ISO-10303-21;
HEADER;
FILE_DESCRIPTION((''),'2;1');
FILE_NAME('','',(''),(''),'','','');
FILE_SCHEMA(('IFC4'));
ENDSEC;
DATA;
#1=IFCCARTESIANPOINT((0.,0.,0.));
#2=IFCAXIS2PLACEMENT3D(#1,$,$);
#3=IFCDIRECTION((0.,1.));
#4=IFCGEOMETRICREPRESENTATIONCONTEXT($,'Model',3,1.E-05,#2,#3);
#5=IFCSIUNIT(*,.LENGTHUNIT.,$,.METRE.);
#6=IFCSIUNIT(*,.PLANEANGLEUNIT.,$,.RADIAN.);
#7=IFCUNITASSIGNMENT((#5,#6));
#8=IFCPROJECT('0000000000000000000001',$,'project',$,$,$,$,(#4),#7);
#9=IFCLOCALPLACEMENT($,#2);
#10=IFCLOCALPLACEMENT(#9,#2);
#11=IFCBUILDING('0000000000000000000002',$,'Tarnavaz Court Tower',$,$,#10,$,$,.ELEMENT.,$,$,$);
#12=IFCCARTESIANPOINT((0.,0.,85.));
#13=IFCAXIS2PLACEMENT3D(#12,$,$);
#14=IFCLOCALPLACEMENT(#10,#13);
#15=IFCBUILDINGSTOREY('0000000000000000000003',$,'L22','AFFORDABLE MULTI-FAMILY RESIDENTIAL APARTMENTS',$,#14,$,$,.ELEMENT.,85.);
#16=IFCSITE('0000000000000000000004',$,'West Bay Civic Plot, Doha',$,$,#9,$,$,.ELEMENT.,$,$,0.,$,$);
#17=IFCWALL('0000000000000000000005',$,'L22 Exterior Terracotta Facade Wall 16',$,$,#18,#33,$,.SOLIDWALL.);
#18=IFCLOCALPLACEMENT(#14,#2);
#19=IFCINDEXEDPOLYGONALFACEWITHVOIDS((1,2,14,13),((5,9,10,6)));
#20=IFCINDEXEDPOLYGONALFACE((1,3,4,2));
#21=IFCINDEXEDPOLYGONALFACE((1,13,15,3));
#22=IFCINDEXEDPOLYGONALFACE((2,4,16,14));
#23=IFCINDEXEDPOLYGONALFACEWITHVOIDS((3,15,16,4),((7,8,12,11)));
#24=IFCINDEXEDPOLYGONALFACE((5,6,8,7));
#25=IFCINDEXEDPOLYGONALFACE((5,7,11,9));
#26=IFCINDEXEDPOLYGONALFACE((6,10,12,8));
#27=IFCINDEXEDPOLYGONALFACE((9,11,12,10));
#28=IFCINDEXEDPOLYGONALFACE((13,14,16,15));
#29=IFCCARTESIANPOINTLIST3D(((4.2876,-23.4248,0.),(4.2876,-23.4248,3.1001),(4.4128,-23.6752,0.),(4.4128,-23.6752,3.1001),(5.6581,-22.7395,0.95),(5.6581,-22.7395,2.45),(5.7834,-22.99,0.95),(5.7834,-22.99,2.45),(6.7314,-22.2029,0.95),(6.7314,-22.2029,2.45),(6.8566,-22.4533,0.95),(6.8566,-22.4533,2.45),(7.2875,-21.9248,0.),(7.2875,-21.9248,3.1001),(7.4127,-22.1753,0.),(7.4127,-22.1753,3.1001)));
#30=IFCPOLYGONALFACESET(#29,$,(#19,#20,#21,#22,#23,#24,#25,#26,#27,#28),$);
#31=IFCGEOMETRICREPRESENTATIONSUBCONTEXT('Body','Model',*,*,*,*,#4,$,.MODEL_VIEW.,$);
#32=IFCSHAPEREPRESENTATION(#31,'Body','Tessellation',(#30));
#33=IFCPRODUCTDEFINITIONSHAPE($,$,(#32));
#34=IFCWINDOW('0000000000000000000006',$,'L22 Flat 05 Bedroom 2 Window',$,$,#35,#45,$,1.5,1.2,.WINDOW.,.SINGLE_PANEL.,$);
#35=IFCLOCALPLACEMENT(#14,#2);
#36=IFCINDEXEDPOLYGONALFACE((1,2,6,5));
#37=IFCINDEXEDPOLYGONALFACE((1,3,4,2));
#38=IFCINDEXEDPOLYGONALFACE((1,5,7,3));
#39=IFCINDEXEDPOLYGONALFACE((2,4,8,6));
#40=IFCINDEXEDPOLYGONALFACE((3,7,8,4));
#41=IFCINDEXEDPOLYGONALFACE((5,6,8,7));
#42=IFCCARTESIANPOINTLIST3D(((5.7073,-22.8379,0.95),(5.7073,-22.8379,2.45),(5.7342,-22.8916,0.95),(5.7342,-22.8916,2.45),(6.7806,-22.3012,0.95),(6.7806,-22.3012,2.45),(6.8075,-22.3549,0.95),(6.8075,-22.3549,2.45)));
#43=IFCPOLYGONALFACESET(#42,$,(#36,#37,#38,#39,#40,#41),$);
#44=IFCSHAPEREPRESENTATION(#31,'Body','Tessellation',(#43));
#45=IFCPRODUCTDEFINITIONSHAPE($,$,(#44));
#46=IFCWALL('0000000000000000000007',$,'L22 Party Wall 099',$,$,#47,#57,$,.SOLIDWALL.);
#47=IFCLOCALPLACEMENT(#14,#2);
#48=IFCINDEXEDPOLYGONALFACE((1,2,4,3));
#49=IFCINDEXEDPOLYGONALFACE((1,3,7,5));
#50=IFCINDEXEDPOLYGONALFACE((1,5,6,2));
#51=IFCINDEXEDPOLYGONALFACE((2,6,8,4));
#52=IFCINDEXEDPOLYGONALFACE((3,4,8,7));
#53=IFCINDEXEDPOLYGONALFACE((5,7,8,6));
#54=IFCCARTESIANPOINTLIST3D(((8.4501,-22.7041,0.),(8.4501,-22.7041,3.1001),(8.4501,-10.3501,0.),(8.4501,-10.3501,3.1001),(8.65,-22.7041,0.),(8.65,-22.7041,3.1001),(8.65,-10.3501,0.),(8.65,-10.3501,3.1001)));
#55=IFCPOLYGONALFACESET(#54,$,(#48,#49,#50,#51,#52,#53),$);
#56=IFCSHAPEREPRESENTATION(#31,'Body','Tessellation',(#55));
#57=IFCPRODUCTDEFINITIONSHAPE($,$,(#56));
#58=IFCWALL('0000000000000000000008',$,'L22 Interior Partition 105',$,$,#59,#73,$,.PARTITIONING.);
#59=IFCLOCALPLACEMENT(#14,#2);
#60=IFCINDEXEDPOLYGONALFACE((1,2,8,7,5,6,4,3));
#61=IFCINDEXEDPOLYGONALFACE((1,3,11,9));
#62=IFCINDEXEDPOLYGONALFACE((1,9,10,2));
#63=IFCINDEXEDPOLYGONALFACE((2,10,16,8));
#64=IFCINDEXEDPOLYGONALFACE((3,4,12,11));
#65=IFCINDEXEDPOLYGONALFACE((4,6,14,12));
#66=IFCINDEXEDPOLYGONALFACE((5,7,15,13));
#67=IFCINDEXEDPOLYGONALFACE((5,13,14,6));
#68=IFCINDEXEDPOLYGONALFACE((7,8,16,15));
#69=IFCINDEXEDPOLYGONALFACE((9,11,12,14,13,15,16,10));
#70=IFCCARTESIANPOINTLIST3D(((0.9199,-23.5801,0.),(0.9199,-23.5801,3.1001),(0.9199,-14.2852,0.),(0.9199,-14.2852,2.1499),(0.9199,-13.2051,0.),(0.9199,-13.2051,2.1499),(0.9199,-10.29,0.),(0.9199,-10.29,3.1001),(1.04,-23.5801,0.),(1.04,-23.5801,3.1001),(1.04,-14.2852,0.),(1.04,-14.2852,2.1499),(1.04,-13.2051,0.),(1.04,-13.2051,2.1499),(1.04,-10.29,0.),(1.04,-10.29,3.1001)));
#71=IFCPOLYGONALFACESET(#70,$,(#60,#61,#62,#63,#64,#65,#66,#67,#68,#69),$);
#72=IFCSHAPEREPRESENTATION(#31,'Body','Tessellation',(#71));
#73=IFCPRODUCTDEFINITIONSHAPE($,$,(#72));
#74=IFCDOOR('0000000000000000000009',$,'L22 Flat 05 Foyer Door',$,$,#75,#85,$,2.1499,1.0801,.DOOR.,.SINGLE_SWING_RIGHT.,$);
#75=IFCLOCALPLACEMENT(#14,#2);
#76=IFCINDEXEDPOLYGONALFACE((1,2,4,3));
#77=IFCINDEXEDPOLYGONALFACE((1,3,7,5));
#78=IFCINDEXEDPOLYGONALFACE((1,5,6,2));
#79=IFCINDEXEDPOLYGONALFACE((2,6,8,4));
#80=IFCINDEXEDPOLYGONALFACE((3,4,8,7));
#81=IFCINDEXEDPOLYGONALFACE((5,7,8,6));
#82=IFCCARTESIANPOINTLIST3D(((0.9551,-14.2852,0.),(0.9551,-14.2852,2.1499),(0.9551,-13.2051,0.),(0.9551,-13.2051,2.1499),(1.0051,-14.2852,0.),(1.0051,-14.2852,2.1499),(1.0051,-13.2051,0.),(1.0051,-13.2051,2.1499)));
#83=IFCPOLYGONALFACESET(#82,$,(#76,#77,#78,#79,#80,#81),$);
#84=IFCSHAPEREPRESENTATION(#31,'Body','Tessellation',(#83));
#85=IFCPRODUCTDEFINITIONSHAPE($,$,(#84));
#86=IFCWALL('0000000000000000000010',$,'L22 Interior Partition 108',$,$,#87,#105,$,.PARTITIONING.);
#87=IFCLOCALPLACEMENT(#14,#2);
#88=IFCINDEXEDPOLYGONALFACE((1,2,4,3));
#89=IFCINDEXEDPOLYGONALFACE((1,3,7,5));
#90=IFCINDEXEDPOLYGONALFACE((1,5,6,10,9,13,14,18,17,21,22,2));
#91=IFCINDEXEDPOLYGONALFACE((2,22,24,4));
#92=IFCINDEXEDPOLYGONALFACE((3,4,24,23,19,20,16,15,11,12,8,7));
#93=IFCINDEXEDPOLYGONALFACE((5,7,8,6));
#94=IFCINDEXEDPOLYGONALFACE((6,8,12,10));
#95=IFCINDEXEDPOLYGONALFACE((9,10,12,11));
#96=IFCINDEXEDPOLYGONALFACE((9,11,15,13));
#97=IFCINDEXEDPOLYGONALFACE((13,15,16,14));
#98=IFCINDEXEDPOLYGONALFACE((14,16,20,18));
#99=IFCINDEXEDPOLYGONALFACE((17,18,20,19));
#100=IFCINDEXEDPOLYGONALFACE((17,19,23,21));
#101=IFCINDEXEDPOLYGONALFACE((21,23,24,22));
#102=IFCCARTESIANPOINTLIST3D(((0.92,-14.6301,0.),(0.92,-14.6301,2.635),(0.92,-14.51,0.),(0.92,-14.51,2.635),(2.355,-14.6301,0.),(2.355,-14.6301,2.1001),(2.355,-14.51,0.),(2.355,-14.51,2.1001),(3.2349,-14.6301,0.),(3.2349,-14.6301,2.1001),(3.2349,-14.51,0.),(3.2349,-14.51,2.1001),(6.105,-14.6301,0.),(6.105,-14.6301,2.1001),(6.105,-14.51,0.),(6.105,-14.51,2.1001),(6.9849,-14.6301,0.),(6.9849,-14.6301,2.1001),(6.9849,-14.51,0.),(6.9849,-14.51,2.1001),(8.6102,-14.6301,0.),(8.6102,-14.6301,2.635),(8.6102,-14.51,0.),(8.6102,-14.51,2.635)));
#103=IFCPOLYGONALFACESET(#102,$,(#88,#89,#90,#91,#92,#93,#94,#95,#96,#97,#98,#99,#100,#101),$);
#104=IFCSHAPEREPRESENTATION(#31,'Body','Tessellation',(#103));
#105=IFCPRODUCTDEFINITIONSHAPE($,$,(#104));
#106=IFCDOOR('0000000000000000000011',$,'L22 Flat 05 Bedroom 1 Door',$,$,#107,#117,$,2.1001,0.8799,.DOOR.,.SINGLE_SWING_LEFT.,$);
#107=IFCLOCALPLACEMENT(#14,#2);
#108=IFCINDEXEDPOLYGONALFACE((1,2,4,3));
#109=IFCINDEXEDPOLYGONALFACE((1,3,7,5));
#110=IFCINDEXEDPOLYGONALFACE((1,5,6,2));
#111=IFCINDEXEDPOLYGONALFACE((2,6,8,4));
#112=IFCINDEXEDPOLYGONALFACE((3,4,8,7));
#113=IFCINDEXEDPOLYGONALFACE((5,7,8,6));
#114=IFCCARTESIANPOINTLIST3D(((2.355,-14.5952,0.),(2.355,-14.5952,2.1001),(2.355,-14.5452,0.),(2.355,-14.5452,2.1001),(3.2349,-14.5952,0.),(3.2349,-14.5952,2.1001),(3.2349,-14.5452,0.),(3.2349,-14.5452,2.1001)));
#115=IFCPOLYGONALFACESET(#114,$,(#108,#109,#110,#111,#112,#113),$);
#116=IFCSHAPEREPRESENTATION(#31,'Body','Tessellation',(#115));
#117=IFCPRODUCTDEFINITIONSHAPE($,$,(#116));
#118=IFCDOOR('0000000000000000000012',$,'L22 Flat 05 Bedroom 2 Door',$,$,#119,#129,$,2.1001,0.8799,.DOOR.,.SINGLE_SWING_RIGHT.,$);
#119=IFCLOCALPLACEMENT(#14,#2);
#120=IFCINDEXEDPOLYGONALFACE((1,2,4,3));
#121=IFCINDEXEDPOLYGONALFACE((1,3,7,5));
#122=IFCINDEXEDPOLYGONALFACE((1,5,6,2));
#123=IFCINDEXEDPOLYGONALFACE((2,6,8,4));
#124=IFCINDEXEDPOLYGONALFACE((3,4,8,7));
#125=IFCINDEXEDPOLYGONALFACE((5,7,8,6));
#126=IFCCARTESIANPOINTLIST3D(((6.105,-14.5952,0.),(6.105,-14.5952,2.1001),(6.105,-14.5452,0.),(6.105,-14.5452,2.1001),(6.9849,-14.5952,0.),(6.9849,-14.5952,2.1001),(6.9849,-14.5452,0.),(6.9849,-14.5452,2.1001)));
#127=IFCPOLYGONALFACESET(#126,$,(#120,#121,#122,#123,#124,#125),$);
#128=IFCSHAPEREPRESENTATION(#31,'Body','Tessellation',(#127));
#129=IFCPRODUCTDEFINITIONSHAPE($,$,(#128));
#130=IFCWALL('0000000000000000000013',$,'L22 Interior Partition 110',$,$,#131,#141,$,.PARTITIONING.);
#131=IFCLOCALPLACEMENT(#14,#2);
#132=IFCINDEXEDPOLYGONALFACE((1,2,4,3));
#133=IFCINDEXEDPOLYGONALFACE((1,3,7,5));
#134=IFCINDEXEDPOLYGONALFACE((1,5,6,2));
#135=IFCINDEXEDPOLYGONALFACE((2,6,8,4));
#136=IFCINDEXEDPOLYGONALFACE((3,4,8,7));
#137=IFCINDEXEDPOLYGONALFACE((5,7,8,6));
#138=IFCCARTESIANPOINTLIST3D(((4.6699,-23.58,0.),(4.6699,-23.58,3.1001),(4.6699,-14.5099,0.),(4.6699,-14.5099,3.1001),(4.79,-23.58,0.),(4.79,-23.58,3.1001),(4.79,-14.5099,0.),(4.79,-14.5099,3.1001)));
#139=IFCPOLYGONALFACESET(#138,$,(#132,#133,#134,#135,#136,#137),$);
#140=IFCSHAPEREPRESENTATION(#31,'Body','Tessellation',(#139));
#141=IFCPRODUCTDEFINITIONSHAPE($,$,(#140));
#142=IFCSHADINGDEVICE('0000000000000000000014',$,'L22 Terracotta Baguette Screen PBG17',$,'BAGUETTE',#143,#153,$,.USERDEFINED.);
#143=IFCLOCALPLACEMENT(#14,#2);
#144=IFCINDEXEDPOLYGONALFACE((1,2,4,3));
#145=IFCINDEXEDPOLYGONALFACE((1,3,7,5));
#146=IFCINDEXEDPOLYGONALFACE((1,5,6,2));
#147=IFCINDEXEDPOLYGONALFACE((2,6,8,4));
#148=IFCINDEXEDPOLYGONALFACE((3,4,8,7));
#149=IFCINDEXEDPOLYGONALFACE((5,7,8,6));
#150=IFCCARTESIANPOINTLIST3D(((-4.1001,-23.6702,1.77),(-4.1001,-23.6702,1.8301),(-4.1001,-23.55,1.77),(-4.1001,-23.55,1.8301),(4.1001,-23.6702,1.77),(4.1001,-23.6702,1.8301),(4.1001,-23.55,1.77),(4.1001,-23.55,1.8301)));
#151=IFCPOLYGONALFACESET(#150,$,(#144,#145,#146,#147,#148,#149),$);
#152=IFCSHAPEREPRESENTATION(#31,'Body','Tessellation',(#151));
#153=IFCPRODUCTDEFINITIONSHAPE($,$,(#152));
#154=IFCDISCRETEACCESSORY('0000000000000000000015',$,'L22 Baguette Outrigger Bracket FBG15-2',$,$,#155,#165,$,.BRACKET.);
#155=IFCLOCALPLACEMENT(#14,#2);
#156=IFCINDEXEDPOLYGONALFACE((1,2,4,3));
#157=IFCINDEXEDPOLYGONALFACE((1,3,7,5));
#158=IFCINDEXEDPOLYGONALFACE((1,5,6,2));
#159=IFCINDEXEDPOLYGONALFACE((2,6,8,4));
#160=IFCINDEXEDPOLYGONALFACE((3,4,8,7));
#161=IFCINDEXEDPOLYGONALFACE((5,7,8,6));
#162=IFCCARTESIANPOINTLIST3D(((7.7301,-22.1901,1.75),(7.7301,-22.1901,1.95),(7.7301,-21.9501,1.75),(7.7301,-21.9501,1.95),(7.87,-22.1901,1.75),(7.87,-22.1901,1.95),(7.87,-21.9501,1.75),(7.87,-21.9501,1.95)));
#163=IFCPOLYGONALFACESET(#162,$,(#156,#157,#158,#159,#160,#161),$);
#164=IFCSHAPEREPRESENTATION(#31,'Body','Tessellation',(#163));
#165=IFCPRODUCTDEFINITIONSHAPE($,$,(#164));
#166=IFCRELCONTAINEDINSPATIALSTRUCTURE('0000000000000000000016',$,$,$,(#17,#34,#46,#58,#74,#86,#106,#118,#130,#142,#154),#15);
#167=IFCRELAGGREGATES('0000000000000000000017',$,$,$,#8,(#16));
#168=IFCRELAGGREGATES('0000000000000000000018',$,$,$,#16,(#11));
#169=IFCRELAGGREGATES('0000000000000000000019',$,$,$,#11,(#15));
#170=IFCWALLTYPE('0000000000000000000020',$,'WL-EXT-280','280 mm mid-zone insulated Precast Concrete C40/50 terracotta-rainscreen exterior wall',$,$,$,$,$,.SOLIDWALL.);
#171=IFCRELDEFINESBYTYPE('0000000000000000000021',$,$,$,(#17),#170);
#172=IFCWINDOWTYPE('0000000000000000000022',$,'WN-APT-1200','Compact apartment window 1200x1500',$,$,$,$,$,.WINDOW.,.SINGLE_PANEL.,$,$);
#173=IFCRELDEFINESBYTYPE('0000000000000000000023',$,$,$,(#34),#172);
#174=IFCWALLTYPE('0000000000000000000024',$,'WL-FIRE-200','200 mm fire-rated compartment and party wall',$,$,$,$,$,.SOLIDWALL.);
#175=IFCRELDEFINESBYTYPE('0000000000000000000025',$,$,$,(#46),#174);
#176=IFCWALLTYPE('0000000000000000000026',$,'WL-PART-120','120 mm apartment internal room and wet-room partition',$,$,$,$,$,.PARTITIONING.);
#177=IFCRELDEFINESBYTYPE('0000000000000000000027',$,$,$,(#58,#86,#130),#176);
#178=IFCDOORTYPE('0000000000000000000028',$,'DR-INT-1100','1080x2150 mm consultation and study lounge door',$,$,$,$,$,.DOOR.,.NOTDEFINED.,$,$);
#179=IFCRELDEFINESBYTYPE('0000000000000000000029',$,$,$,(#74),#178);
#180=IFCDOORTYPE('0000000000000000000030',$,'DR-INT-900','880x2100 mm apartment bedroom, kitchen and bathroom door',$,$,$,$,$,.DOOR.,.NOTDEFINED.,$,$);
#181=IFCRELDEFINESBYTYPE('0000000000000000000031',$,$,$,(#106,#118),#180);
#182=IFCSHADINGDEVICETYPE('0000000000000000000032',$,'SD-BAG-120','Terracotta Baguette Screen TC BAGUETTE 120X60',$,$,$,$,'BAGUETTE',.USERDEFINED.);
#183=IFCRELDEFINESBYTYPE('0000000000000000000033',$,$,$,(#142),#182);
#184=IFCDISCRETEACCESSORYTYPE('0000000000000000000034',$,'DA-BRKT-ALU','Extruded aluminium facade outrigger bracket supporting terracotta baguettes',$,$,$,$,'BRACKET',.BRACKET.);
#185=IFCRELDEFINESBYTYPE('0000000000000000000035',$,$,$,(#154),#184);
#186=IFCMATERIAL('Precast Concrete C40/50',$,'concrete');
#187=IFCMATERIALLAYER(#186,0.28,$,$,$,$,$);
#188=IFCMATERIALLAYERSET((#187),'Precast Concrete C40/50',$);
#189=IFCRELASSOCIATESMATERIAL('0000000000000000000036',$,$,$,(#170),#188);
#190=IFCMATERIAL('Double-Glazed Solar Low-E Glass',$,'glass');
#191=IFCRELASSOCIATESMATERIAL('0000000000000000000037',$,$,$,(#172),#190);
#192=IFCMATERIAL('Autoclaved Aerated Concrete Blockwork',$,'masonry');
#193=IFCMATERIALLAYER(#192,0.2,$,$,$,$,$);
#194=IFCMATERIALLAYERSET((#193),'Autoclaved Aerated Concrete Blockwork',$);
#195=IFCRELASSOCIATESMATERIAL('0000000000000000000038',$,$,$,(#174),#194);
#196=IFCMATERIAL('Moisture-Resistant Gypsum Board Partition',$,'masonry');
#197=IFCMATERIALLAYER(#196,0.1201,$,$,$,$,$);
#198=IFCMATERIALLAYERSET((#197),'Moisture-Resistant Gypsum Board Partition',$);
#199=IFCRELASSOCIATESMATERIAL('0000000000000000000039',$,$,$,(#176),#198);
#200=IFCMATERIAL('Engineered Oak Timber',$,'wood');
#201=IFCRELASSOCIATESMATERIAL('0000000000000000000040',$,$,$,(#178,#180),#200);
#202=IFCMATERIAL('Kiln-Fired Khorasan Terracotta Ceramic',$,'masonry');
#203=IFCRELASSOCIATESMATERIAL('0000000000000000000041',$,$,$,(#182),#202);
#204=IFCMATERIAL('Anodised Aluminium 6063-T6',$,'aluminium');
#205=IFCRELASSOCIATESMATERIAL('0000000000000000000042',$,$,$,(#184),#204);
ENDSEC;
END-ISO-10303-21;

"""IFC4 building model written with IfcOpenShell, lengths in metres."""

from ifc_helpers import new_model, si_unit, direction, frame, frame_2d, origin, origin_2d, place, context, subcontext, project, spatial, rectangle, extrude, material, layer, layer_set, material_profile, profile_set, type_object, element, fill, save


model = new_model("IFC4")

# Units and contexts
model_context = context("Model", 3, precision=1e-05, world=origin(), true_north=direction((0.0, 1.0)))
body_context = subcontext(model_context, "Body", "Model", "MODEL_VIEW")
ifc_project = project(units=[si_unit("LENGTHUNIT", "METRE"), si_unit("PLANEANGLEUNIT", "RADIAN")], contexts=[model_context])

# Site, building, storey
site_placement = place(None, origin())
site = spatial("IfcSite", under=ifc_project, at=site_placement, Name="West Bay Civic Plot, Doha", CompositionType="ELEMENT", RefElevation=0.0)
building_placement = place(site_placement, origin())
building = spatial("IfcBuilding", under=site, at=building_placement, Name="Tarnavaz Court Tower", CompositionType="ELEMENT")
storey_placement = place(building_placement, frame((0.0, 0.0, 85.0)))
storey = spatial("IfcBuildingStorey", under=building, at=storey_placement, Name="L22", Description="AFFORDABLE MULTI-FAMILY RESIDENTIAL APARTMENTS", CompositionType="ELEMENT", Elevation=85.0)

# Shared definitions
ifc_material_1 = material(Name="Anodised Aluminium 6063-T6", Category="aluminium")
ifc_material_2 = material(Name="Double-Glazed Solar Low-E Glass", Category="glass")

# Wall, opening, window
ifc_material_3 = material(Name="Precast Concrete C40/50", Category="concrete")
ifc_layer_1 = layer(ifc_material_3, 0.28)
ifc_layer_set_1 = layer_set([ifc_layer_1], Name="Precast Concrete C40/50")
wall_type_1 = type_object("IfcWallType", Name="WL-EXT-280", Description="280 mm mid-zone insulated Precast Concrete C40/50 terracotta-rainscreen exterior wall", PredefinedType="SOLIDWALL", material=ifc_layer_set_1)
wall_1_placement = place(storey_placement, frame((7.3501, -22.05, 0.0), z_axis=(0.0, 0.0, 1.0), x_axis=(-0.894427, -0.447214, 0.0)))
wall_1 = element("IfcWall", 1, at=wall_1_placement, inside=storey, type_object=wall_type_1, Name="L22 Exterior Terracotta Facade Wall 16", PredefinedType="SOLIDWALL", context=body_context, shape_type="SweptSolid", body=[
    extrude(rectangle(XDim=3.354, YDim=0.28, at=frame_2d((1.677, 0.0))), origin(), (0.0, 0.0, 1.0), 3.1001),
])
opening_1_placement = place(wall_1_placement, frame((0.6216, 0.0, 0.95)))
opening_1 = element("IfcOpeningElement", 2, at=opening_1_placement, cuts=wall_1, PredefinedType="OPENING", context=body_context, shape_type="SweptSolid", body=[
    extrude(rectangle(XDim=1.2, YDim=1.5, at=frame_2d((0.6001, 0.75))), frame((0.0, 0.1499, 0.0), z_axis=(0.0, -1.0, 0.0), x_axis=(1.0, 0.0, 0.0)), (0.0, 0.0, 1.0), 0.3),
])
window_type = type_object("IfcWindowType", Name="WN-APT-1200", Description="Compact apartment window 1200x1500", PartitioningType="SINGLE_PANEL", PredefinedType="WINDOW", material=ifc_material_2)
window_placement = place(opening_1_placement, origin())
window = element("IfcWindow", 3, at=window_placement, inside=storey, type_object=window_type, Name="L22 Flat 05 Bedroom 2 Window", OverallHeight=1.5, OverallWidth=1.2, PartitioningType="SINGLE_PANEL", PredefinedType="WINDOW", context=body_context, shape_type="SweptSolid", body=[
    extrude(rectangle(XDim=1.2, YDim=1.5, at=frame_2d((0.6001, 0.75))), frame((0.0, 0.03, 0.0), z_axis=(0.0, -1.0, 0.0), x_axis=(1.0, 0.0, 0.0)), (0.0, 0.0, 1.0), 0.0601),
])
fill(opening_1, window)

# Wall
ifc_material_4 = material(Name="Autoclaved Aerated Concrete Blockwork", Category="masonry")
ifc_layer_2 = layer(ifc_material_4, 0.2)
ifc_layer_set_2 = layer_set([ifc_layer_2], Name="Autoclaved Aerated Concrete Blockwork")
wall_type_2 = type_object("IfcWallType", Name="WL-FIRE-200", Description="200 mm fire-rated compartment and party wall", PredefinedType="SOLIDWALL", material=ifc_layer_set_2)
wall_2_placement = place(storey_placement, frame((8.55, -22.7041, 0.0), z_axis=(0.0, 0.0, 1.0), x_axis=(0.0, 1.0, 0.0)))
element("IfcWall", 4, at=wall_2_placement, inside=storey, type_object=wall_type_2, Name="L22 Party Wall 099", PredefinedType="SOLIDWALL", context=body_context, shape_type="SweptSolid", body=[
    extrude(rectangle(XDim=12.354, YDim=0.2, at=frame_2d((6.177, 0.0))), origin(), (0.0, 0.0, 1.0), 3.1001),
])

# Wall, opening, door
ifc_material_5 = material(Name="Moisture-Resistant Gypsum Board Partition", Category="masonry")
ifc_layer_3 = layer(ifc_material_5, 0.1201)
ifc_layer_set_3 = layer_set([ifc_layer_3], Name="Moisture-Resistant Gypsum Board Partition")
wall_type_3 = type_object("IfcWallType", Name="WL-PART-120", Description="120 mm apartment internal room and wet-room partition", PredefinedType="PARTITIONING", material=ifc_layer_set_3)
wall_3_placement = place(storey_placement, frame((0.98, -23.5801, 0.0), z_axis=(0.0, 0.0, 1.0), x_axis=(0.0, 1.0, 0.0)))
wall_3 = element("IfcWall", 5, at=wall_3_placement, inside=storey, type_object=wall_type_3, Name="L22 Interior Partition 105", PredefinedType="PARTITIONING", context=body_context, shape_type="SweptSolid", body=[
    extrude(rectangle(XDim=13.29, YDim=0.1201, at=frame_2d((6.645, 0.0))), origin(), (0.0, 0.0, 1.0), 3.1001),
])
opening_2_placement = place(wall_3_placement, frame((9.2949, 0.0, 0.0)))
opening_2 = element("IfcOpeningElement", 6, at=opening_2_placement, cuts=wall_3, PredefinedType="OPENING", context=body_context, shape_type="SweptSolid", body=[
    extrude(rectangle(XDim=1.0801, YDim=2.1499, at=frame_2d((0.54, 1.075))), frame((0.0, 0.0701, 0.0), z_axis=(0.0, -1.0, 0.0), x_axis=(1.0, 0.0, 0.0)), (0.0, 0.0, 1.0), 0.1401),
])
ifc_material_6 = material(Name="Engineered Oak Timber", Category="wood")
door_type_1 = type_object("IfcDoorType", Name="DR-INT-1100", Description="1080x2150 mm consultation and study lounge door", OperationType="NOTDEFINED", PredefinedType="DOOR", material=ifc_material_6)
door_1_placement = place(opening_2_placement, origin())
door_1 = element("IfcDoor", 7, at=door_1_placement, inside=storey, type_object=door_type_1, Name="L22 Flat 05 Foyer Door", OperationType="SINGLE_SWING_RIGHT", OverallHeight=2.1499, OverallWidth=1.0801, PredefinedType="DOOR", context=body_context, shape_type="SweptSolid", body=[
    extrude(rectangle(XDim=1.0801, YDim=2.1499, at=frame_2d((0.54, 1.075))), frame((0.0, 0.0249, 0.0), z_axis=(0.0, -1.0, 0.0), x_axis=(1.0, 0.0, 0.0)), (0.0, 0.0, 1.0), 0.05),
])
fill(opening_2, door_1)

# Wall, openings, doors
wall_4_placement = place(storey_placement, frame((0.9199, -14.5701, 0.0), z_axis=(0.0, 0.0, 1.0), x_axis=(1.0, 0.0, 0.0)))
wall_4 = element("IfcWall", 8, at=wall_4_placement, inside=storey, type_object=wall_type_3, Name="L22 Interior Partition 108", PredefinedType="PARTITIONING", context=body_context, shape_type="SweptSolid", body=[
    extrude(rectangle(XDim=7.6902, YDim=0.1201, at=frame_2d((3.8452, 0.0))), origin(), (0.0, 0.0, 1.0), 2.635),
])
opening_3_placement = place(wall_4_placement, frame((1.4351, 0.0, 0.0)))
opening_3 = element("IfcOpeningElement", 9, at=opening_3_placement, cuts=wall_4, PredefinedType="OPENING", context=body_context, shape_type="SweptSolid", body=[
    extrude(rectangle(XDim=0.8799, YDim=2.1001, at=frame_2d((0.4399, 1.05))), frame((0.0, 0.0701, 0.0), z_axis=(0.0, -1.0, 0.0), x_axis=(1.0, 0.0, 0.0)), (0.0, 0.0, 1.0), 0.1401),
])
opening_4_placement = place(wall_4_placement, frame((5.1851, 0.0, 0.0)))
opening_4 = element("IfcOpeningElement", 10, at=opening_4_placement, cuts=wall_4, PredefinedType="OPENING", context=body_context, shape_type="SweptSolid", body=[
    extrude(rectangle(XDim=0.8799, YDim=2.1001, at=frame_2d((0.4399, 1.05))), frame((0.0, 0.0701, 0.0), z_axis=(0.0, -1.0, 0.0), x_axis=(1.0, 0.0, 0.0)), (0.0, 0.0, 1.0), 0.1401),
])
door_type_2 = type_object("IfcDoorType", Name="DR-INT-900", Description="880x2100 mm apartment bedroom, kitchen and bathroom door", OperationType="NOTDEFINED", PredefinedType="DOOR", material=ifc_material_6)
door_2_placement = place(opening_3_placement, origin())
door_2 = element("IfcDoor", 11, at=door_2_placement, inside=storey, type_object=door_type_2, Name="L22 Flat 05 Bedroom 1 Door", OperationType="SINGLE_SWING_LEFT", OverallHeight=2.1001, OverallWidth=0.8799, PredefinedType="DOOR", context=body_context, shape_type="SweptSolid", body=[
    extrude(rectangle(XDim=0.8799, YDim=2.1001, at=frame_2d((0.4399, 1.05))), frame((0.0, 0.0249, 0.0), z_axis=(0.0, -1.0, 0.0), x_axis=(1.0, 0.0, 0.0)), (0.0, 0.0, 1.0), 0.05),
])
fill(opening_3, door_2)
door_3_placement = place(opening_4_placement, origin())
door_3 = element("IfcDoor", 12, at=door_3_placement, inside=storey, type_object=door_type_2, Name="L22 Flat 05 Bedroom 2 Door", OperationType="SINGLE_SWING_RIGHT", OverallHeight=2.1001, OverallWidth=0.8799, PredefinedType="DOOR", context=body_context, shape_type="SweptSolid", body=[
    extrude(rectangle(XDim=0.8799, YDim=2.1001, at=frame_2d((0.4399, 1.05))), frame((0.0, 0.0249, 0.0), z_axis=(0.0, -1.0, 0.0), x_axis=(1.0, 0.0, 0.0)), (0.0, 0.0, 1.0), 0.05),
])
fill(opening_4, door_3)

# Wall
wall_5_placement = place(storey_placement, frame((4.73, -23.5801, 0.0), z_axis=(0.0, 0.0, 1.0), x_axis=(0.0, 1.0, 0.0)))
element("IfcWall", 13, at=wall_5_placement, inside=storey, type_object=wall_type_3, Name="L22 Interior Partition 110", PredefinedType="PARTITIONING", context=body_context, shape_type="SweptSolid", body=[
    extrude(rectangle(XDim=9.0701, YDim=0.1201, at=frame_2d((4.5352, 0.0))), origin(), (0.0, 0.0, 1.0), 3.1001),
])

# Shading device
ifc_material_7 = material(Name="Kiln-Fired Khorasan Terracotta Ceramic", Category="masonry")
ifc_material_profile_1 = material_profile(ifc_material_7, rectangle(XDim=0.1201, YDim=0.0601, at=origin_2d()), Name="TC BAGUETTE 120X60")
ifc_profile_set_1 = profile_set([ifc_material_profile_1], Name="Kiln-Fired Khorasan Terracotta Ceramic")
shading_device_type = type_object("IfcShadingDeviceType", Name="SD-BAG-120", Description="Terracotta Baguette Screen TC BAGUETTE 120X60", ElementType="BAGUETTE", PredefinedType="USERDEFINED", material=ifc_profile_set_1)
shading_device_placement = place(storey_placement, frame((4.1001, -23.6101, 1.8), z_axis=(-1.0, 0.0, 0.0), x_axis=(0.0, -1.0, 0.0)))
element("IfcShadingDevice", 14, at=shading_device_placement, inside=storey, type_object=shading_device_type, Name="L22 Terracotta Baguette Screen PBG17", ObjectType="BAGUETTE", PredefinedType="USERDEFINED", context=body_context, shape_type="SweptSolid", body=[
    extrude(rectangle(XDim=0.1201, YDim=0.0601, at=origin_2d()), origin(), (0.0, 0.0, 1.0), 8.2002),
])

# Discrete accessory
discrete_accessory_type = type_object("IfcDiscreteAccessoryType", Name="DA-BRKT-ALU", Description="Extruded aluminium facade outrigger bracket supporting terracotta baguettes", ElementType="BRACKET", PredefinedType="BRACKET", material=ifc_material_1)
for number, where, z_axis, x_axis, name in (
    (15, (7.8, -22.0701, 1.75), (0.0, 0.0, 1.0), (-1.0, 0.0, 0.0), "L22 Baguette Outrigger Bracket FBG15-2"),
):
    element("IfcDiscreteAccessory", number, at=place(storey_placement, frame(where, z_axis=z_axis, x_axis=x_axis)), inside=storey, type_object=discrete_accessory_type, Name=name, PredefinedType="BRACKET", context=body_context, shape_type="SweptSolid", body=[
        extrude(rectangle(XDim=0.1399, YDim=0.24, at=origin_2d()), origin(), (0.0, 0.0, 1.0), 0.2),
    ])

save(model, "model.ifc")
